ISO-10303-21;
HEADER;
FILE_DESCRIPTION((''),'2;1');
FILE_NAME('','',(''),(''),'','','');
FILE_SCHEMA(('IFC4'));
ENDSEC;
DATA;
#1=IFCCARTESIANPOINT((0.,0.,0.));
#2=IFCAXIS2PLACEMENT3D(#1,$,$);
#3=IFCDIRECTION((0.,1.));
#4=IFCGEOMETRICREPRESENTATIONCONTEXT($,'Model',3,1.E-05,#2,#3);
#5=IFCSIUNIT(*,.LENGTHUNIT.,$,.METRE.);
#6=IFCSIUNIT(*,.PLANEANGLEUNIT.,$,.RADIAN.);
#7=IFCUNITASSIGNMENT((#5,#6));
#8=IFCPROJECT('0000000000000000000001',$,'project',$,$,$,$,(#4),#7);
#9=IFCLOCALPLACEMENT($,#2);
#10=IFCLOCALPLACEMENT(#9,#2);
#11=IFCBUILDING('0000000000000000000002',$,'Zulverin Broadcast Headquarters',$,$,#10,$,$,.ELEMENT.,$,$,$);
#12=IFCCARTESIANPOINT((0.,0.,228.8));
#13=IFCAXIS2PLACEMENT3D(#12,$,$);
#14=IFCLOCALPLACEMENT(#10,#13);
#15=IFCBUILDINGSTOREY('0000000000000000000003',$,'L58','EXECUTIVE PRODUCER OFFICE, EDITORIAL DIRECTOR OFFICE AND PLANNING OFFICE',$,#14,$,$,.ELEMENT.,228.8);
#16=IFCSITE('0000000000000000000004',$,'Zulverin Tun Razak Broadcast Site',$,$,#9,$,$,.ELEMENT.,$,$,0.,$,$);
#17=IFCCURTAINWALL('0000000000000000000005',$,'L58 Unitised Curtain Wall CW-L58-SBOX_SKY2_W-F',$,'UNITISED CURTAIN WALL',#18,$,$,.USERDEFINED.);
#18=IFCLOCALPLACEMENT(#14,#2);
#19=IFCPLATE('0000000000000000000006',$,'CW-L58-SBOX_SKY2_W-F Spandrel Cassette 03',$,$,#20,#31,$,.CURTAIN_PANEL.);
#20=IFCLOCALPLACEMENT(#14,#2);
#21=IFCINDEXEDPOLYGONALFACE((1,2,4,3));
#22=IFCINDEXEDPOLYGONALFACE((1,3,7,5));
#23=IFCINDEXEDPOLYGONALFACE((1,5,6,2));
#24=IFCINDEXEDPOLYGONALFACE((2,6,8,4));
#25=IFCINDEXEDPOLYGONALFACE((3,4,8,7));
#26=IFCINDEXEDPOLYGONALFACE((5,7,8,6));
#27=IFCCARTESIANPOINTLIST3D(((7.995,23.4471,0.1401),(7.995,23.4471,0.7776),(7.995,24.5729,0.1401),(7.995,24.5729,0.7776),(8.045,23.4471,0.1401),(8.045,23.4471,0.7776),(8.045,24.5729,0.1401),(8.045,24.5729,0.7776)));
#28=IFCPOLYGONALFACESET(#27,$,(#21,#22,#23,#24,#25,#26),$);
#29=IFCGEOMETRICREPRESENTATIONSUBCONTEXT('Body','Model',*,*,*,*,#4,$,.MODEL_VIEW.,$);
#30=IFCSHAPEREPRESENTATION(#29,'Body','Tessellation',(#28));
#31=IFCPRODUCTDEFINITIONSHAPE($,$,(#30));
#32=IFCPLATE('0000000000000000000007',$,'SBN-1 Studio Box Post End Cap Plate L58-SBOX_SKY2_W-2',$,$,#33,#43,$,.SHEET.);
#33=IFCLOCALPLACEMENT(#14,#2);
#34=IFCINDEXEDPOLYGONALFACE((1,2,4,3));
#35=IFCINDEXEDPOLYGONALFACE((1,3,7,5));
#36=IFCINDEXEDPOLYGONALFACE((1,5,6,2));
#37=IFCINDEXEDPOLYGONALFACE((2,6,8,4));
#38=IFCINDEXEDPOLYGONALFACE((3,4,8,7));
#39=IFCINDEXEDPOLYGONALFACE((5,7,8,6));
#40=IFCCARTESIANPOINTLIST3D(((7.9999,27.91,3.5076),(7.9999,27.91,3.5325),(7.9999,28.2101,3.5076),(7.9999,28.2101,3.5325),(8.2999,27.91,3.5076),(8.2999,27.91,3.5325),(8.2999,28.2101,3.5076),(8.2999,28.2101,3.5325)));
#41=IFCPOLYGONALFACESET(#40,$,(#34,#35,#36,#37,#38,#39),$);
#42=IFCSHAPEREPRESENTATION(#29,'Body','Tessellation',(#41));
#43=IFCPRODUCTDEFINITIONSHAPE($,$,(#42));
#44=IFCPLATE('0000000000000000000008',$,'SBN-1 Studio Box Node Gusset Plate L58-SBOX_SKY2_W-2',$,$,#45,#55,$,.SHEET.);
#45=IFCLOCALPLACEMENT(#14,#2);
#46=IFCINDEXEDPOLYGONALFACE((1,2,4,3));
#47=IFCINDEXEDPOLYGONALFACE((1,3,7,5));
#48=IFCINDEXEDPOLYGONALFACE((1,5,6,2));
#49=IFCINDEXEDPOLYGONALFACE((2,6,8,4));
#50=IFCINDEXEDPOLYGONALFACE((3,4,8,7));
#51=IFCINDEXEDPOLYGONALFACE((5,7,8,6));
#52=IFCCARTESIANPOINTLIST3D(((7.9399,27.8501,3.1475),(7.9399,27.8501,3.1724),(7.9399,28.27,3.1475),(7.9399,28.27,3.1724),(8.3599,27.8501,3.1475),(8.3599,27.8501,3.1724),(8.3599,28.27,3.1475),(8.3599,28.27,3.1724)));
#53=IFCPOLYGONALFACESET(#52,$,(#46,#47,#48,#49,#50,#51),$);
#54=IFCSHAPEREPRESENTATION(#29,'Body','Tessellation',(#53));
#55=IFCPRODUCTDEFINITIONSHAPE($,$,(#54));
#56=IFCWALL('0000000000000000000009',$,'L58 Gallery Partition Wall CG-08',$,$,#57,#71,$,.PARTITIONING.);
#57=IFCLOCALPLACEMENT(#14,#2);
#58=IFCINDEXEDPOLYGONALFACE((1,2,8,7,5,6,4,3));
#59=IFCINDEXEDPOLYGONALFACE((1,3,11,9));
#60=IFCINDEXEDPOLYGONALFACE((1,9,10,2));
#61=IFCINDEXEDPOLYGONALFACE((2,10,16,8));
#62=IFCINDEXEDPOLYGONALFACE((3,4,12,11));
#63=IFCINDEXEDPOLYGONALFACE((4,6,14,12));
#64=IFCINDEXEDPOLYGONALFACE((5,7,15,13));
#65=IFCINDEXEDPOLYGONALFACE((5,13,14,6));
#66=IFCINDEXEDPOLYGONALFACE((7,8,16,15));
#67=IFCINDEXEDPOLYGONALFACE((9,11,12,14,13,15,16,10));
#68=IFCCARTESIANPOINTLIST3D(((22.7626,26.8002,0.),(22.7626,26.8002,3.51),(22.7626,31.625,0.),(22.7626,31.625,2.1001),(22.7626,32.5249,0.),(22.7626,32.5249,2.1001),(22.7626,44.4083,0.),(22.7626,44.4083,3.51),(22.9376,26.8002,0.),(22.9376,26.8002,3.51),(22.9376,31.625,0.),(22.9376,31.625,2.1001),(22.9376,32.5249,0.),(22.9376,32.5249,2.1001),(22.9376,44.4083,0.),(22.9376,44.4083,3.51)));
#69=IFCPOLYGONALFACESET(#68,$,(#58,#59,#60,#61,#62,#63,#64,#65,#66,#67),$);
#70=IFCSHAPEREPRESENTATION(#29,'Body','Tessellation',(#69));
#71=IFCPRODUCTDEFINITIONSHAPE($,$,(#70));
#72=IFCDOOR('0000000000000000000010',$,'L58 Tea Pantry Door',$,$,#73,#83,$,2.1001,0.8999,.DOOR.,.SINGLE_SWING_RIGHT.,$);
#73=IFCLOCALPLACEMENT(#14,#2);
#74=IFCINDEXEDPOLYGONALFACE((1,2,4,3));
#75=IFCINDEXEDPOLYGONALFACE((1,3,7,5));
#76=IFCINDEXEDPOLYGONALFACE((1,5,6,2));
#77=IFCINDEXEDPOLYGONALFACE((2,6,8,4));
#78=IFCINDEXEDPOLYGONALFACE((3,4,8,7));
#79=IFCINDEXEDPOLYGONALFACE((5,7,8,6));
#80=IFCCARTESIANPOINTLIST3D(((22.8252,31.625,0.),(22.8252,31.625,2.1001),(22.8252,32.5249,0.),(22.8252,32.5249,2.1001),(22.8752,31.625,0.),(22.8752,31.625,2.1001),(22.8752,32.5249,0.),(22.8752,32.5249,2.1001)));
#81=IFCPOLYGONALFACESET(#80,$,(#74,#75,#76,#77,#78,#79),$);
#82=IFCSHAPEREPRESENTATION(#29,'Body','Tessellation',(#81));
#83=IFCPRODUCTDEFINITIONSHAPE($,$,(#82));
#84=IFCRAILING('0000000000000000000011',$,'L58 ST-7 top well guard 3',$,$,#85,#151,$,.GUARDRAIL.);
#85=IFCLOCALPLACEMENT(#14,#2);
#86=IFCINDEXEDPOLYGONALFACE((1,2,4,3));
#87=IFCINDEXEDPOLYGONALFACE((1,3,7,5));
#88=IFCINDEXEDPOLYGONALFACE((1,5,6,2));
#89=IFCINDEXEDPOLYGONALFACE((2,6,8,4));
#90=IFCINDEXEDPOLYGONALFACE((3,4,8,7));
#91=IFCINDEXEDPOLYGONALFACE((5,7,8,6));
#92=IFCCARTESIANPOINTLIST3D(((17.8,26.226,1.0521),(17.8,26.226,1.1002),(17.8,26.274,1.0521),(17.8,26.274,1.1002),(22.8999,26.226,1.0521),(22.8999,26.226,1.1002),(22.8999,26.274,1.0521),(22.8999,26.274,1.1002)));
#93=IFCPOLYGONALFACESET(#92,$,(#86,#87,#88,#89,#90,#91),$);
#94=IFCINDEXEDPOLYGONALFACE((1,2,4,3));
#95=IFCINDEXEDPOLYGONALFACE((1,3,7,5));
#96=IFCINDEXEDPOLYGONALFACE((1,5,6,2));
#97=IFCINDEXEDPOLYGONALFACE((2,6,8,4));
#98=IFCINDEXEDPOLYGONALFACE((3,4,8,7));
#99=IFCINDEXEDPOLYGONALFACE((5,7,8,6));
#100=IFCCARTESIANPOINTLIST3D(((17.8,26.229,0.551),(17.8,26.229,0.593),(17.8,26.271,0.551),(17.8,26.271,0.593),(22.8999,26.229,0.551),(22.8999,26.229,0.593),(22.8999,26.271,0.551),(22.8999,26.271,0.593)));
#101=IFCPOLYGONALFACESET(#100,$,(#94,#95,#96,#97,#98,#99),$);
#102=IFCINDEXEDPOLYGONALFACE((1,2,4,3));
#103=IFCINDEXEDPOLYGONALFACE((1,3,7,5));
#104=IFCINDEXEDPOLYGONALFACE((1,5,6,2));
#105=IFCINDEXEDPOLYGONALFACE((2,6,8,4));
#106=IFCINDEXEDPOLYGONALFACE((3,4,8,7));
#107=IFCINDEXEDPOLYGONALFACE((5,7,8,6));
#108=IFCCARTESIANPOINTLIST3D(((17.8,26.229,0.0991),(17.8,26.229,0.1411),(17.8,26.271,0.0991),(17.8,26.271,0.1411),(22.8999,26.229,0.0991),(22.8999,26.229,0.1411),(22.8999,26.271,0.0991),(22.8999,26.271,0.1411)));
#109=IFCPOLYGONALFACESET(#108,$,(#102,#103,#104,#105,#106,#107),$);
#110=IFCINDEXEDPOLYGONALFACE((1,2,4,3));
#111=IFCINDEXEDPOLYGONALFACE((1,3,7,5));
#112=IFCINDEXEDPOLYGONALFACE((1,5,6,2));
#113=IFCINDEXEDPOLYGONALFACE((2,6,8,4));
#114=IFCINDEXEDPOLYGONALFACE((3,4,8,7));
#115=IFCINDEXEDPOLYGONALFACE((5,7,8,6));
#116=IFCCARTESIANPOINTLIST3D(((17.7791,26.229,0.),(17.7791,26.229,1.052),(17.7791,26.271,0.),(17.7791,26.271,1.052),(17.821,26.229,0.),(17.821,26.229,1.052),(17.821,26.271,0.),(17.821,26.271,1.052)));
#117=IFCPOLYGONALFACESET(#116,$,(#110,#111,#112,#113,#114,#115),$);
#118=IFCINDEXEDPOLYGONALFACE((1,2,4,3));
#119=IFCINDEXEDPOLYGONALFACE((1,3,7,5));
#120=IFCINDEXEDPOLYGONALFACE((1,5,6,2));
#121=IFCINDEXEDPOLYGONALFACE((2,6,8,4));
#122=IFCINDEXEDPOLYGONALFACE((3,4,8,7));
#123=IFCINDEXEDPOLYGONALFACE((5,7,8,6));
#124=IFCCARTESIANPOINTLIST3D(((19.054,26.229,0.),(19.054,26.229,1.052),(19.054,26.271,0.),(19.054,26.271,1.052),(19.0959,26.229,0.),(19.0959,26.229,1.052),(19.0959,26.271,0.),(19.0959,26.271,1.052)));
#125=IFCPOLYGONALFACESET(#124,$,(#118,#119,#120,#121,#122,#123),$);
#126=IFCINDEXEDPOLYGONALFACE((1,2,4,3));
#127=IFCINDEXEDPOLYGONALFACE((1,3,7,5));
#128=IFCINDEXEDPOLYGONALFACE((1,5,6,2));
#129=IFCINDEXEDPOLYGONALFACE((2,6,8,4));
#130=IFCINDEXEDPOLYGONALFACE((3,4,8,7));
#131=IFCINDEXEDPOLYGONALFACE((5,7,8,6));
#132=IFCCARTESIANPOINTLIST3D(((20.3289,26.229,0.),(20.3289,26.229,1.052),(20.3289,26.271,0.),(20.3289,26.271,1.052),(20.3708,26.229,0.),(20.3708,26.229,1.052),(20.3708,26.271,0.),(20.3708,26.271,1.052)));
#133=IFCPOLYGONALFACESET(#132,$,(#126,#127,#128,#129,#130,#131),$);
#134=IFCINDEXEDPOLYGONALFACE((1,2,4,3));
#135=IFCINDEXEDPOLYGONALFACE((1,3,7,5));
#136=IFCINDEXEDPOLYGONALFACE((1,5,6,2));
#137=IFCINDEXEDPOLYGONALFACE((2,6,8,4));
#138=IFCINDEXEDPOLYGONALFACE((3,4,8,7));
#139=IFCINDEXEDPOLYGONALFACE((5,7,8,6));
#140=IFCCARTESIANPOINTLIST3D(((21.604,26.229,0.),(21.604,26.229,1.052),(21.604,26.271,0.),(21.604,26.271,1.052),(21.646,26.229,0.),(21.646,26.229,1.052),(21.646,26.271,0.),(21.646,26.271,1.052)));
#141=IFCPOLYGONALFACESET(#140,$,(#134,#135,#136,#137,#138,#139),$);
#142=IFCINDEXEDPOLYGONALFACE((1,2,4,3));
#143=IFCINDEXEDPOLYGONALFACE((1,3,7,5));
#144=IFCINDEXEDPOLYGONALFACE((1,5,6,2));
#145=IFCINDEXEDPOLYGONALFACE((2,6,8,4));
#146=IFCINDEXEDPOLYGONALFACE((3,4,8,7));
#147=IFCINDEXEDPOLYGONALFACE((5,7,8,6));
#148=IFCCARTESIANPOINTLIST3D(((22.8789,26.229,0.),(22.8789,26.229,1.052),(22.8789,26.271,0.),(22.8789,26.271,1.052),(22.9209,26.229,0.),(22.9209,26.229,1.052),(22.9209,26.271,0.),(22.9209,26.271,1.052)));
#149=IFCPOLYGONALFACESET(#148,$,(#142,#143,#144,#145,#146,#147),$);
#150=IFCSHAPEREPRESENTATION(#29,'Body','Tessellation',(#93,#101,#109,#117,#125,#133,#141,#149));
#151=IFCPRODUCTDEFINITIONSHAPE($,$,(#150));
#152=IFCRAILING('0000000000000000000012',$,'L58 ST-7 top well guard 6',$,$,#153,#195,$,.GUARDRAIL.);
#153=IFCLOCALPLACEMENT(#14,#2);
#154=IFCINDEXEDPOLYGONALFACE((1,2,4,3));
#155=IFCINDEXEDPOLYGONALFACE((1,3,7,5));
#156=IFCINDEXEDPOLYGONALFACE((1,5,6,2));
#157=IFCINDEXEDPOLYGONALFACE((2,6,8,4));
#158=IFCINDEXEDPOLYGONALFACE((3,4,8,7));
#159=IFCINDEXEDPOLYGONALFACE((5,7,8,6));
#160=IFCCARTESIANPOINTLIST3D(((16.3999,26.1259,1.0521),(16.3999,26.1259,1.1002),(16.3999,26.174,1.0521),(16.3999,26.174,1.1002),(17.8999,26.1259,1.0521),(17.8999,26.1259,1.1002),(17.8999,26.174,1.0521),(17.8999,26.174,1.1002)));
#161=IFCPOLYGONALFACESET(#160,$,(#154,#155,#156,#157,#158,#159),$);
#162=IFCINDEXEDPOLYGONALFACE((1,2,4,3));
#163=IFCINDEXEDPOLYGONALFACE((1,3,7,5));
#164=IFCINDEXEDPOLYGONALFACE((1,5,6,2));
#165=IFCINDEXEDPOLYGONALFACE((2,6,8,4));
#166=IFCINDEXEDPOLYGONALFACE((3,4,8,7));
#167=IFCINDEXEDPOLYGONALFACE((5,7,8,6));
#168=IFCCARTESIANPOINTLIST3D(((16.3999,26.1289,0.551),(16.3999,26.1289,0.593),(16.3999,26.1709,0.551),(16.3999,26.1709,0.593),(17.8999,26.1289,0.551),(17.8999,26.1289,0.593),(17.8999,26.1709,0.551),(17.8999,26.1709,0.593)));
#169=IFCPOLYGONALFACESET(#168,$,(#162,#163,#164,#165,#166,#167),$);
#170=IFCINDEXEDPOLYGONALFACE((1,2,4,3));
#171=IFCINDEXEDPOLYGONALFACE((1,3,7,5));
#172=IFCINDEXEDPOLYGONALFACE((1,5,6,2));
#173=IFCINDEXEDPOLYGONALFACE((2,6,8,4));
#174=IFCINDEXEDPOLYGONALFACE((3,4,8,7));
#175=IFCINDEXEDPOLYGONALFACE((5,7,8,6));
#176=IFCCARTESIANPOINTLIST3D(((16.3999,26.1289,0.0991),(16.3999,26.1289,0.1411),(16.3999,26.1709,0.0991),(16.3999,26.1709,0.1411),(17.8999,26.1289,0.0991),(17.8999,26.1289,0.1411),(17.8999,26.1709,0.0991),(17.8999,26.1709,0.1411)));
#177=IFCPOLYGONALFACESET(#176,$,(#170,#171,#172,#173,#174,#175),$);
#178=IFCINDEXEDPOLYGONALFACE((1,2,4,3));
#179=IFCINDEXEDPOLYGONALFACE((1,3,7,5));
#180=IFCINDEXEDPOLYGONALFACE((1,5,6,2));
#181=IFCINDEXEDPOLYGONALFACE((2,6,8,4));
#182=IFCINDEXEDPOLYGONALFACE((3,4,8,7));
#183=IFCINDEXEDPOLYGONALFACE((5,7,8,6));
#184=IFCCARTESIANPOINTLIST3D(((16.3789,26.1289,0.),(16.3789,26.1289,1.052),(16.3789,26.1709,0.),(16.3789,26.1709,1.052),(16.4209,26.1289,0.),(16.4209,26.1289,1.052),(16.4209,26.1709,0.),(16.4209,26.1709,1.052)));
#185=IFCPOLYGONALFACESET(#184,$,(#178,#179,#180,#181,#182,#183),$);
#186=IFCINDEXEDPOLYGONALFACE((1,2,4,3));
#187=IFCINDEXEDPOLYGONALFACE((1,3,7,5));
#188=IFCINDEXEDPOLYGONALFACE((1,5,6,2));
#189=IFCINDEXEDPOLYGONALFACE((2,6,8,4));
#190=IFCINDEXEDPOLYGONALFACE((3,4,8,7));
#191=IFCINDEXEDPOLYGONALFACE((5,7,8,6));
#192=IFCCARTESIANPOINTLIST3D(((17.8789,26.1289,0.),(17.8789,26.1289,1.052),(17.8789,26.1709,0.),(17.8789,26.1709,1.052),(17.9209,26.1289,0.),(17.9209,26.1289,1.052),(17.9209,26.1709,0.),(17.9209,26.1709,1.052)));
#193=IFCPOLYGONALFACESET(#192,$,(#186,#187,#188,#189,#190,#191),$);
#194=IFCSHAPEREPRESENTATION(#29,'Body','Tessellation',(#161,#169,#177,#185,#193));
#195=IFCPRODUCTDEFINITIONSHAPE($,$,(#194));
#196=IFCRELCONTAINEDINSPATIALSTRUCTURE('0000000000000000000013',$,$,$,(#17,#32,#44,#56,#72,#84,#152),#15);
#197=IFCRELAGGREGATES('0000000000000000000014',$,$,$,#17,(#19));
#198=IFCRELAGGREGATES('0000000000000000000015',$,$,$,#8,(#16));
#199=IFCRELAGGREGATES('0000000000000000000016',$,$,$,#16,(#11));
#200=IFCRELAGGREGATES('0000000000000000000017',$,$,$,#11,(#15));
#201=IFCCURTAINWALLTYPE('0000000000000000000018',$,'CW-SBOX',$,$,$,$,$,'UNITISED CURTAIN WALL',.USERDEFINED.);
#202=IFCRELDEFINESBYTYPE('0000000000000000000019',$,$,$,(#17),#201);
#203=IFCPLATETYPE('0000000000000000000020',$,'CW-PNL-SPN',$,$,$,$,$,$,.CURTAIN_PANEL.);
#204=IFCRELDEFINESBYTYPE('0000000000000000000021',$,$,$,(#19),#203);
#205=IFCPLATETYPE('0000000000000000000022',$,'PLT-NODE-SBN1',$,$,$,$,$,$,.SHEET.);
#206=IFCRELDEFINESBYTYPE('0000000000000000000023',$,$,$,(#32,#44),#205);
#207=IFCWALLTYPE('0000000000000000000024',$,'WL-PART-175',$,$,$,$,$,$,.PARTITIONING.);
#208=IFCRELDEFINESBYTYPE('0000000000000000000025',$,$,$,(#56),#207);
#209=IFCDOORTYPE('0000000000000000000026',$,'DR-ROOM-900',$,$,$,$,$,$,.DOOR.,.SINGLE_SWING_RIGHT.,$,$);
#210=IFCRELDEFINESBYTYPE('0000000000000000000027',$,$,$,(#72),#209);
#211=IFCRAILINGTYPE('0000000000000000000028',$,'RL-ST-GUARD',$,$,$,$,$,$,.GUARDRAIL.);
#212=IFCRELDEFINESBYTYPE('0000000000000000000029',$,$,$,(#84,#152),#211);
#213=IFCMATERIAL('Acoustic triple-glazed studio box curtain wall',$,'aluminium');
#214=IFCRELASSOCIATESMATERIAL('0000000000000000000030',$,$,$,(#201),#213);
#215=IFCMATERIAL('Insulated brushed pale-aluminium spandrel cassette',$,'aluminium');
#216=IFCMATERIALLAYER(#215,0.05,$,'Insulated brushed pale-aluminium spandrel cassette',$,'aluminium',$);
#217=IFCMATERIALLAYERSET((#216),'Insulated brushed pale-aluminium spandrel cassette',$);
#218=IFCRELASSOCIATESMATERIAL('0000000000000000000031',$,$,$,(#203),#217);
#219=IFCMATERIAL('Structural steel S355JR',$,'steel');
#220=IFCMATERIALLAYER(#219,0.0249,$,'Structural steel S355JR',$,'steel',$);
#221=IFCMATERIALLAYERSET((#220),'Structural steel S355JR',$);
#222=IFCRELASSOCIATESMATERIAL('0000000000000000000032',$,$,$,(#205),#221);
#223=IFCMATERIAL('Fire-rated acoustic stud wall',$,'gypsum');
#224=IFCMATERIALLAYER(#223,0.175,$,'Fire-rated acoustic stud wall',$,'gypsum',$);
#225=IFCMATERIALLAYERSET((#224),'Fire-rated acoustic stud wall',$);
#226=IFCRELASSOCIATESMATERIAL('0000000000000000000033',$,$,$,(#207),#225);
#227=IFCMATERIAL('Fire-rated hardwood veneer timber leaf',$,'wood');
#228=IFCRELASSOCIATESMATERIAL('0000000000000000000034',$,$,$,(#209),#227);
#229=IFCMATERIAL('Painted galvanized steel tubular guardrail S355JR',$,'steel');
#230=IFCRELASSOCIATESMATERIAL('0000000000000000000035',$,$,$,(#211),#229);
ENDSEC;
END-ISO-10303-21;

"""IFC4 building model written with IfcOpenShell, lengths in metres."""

from ifc_helpers import new_model, si_unit, direction, frame, frame_2d, origin, origin_2d, place, context, subcontext, project, spatial, rectangle, extrude, material, layer, layer_set, type_object, element, fill, aggregate, save


model = new_model("IFC4")

# Units and contexts
model_context = context("Model", 3, precision=1e-05, world=origin(), true_north=direction((0.0, 1.0)))
body_context = subcontext(model_context, "Body", "Model", "MODEL_VIEW")
ifc_project = project(units=[si_unit("LENGTHUNIT", "METRE"), si_unit("PLANEANGLEUNIT", "RADIAN")], contexts=[model_context])

# Site, building, storey
site_placement = place(None, origin())
site = spatial("IfcSite", under=ifc_project, at=site_placement, Name="Zulverin Tun Razak Broadcast Site", CompositionType="ELEMENT", RefElevation=0.0)
building_placement = place(site_placement, origin())
building = spatial("IfcBuilding", under=site, at=building_placement, Name="Zulverin Broadcast Headquarters", CompositionType="ELEMENT")
storey_placement = place(building_placement, frame((0.0, 0.0, 228.8)))
storey = spatial("IfcBuildingStorey", under=building, at=storey_placement, Name="L58", Description="EXECUTIVE PRODUCER OFFICE, EDITORIAL DIRECTOR OFFICE AND PLANNING OFFICE", CompositionType="ELEMENT", Elevation=228.8)

# Curtain wall
ifc_material_1 = material(Name="Acoustic triple-glazed studio box curtain wall", Category="aluminium")
curtain_wall_type = type_object("IfcCurtainWallType", Name="CW-SBOX", ElementType="UNITISED CURTAIN WALL", PredefinedType="USERDEFINED", material=ifc_material_1)
curtain_wall_placement = place(storey_placement, origin())
curtain_wall = element("IfcCurtainWall", 1, at=curtain_wall_placement, inside=storey, type_object=curtain_wall_type, Name="L58 Unitised Curtain Wall CW-L58-SBOX_SKY2_W-F", ObjectType="UNITISED CURTAIN WALL", PredefinedType="USERDEFINED")

# Shared definitions
ifc_material_2 = material(Name="Structural steel S355JR", Category="steel")

# Plate
ifc_material_3 = material(Name="Insulated brushed pale-aluminium spandrel cassette", Category="aluminium")
ifc_layer_1 = layer(ifc_material_3, 0.05, Name="Insulated brushed pale-aluminium spandrel cassette", Category="aluminium")
ifc_layer_set_1 = layer_set([ifc_layer_1], Name="Insulated brushed pale-aluminium spandrel cassette")
plate_type_1 = type_object("IfcPlateType", Name="CW-PNL-SPN", PredefinedType="CURTAIN_PANEL", material=ifc_layer_set_1)
plate_1_placement = place(storey_placement, frame((8.02, 24.01, 0.1401), z_axis=(0.0, 0.0, 1.0), x_axis=(0.0, -1.0, 0.0)))
plate_1 = element("IfcPlate", 2, at=plate_1_placement, type_object=plate_type_1, Name="CW-L58-SBOX_SKY2_W-F Spandrel Cassette 03", PredefinedType="CURTAIN_PANEL", context=body_context, shape_type="SweptSolid", body=[
    extrude(rectangle(XDim=1.1257, YDim=0.05, at=origin_2d()), origin(), (0.0, 0.0, 1.0), 0.6375),
])
aggregate(curtain_wall, [plate_1])

# Plates
ifc_layer_2 = layer(ifc_material_2, 0.0249, Name="Structural steel S355JR", Category="steel")
ifc_layer_set_2 = layer_set([ifc_layer_2], Name="Structural steel S355JR")
plate_type_2 = type_object("IfcPlateType", Name="PLT-NODE-SBN1", PredefinedType="SHEET", material=ifc_layer_set_2)
plate_2_placement = place(storey_placement, frame((8.1499, 28.0601, 3.5076), z_axis=(0.0, 0.0, 1.0), x_axis=(1.0, 0.0, 0.0)))
element("IfcPlate", 3, at=plate_2_placement, inside=storey, type_object=plate_type_2, Name="SBN-1 Studio Box Post End Cap Plate L58-SBOX_SKY2_W-2", PredefinedType="SHEET", context=body_context, shape_type="SweptSolid", body=[
    extrude(rectangle(XDim=0.3, YDim=0.3, at=origin_2d()), origin(), (0.0, 0.0, 1.0), 0.0249),
])
plate_3_placement = place(storey_placement, frame((8.1499, 28.0601, 3.1475), z_axis=(0.0, 0.0, 1.0), x_axis=(1.0, 0.0, 0.0)))
element("IfcPlate", 4, at=plate_3_placement, inside=storey, type_object=plate_type_2, Name="SBN-1 Studio Box Node Gusset Plate L58-SBOX_SKY2_W-2", PredefinedType="SHEET", context=body_context, shape_type="SweptSolid", body=[
    extrude(rectangle(XDim=0.4199, YDim=0.4199, at=origin_2d()), origin(), (0.0, 0.0, 1.0), 0.0249),
])

# Wall, opening, door
ifc_material_4 = material(Name="Fire-rated acoustic stud wall", Category="gypsum")
ifc_layer_3 = layer(ifc_material_4, 0.175, Name="Fire-rated acoustic stud wall", Category="gypsum")
ifc_layer_set_3 = layer_set([ifc_layer_3], Name="Fire-rated acoustic stud wall")
wall_type = type_object("IfcWallType", Name="WL-PART-175", PredefinedType="PARTITIONING", material=ifc_layer_set_3)
wall_placement = place(storey_placement, frame((22.8501, 26.8, 0.0), z_axis=(0.0, 0.0, 1.0), x_axis=(0.0, 1.0, 0.0)))
wall = element("IfcWall", 5, at=wall_placement, inside=storey, type_object=wall_type, Name="L58 Gallery Partition Wall CG-08", PredefinedType="PARTITIONING", context=body_context, shape_type="SweptSolid", body=[
    extrude(rectangle(XDim=17.6082, YDim=0.175, at=frame_2d((8.8042, 0.0))), origin(), (0.0, 0.0, 1.0), 3.51),
])
opening_placement = place(wall_placement, frame((4.825, 0.0, 0.0)))
opening = element("IfcOpeningElement", 6, at=opening_placement, cuts=wall, PredefinedType="OPENING", context=body_context, shape_type="SweptSolid", body=[
    extrude(rectangle(XDim=0.8999, YDim=2.1001, at=frame_2d((0.45, 1.05))), frame((0.0, 0.0974, 0.0), z_axis=(0.0, -1.0, 0.0), x_axis=(1.0, 0.0, 0.0)), (0.0, 0.0, 1.0), 0.1951),
])
ifc_material_5 = material(Name="Fire-rated hardwood veneer timber leaf", Category="wood")
door_type = type_object("IfcDoorType", Name="DR-ROOM-900", OperationType="SINGLE_SWING_RIGHT", PredefinedType="DOOR", material=ifc_material_5)
door_placement = place(opening_placement, origin())
door = element("IfcDoor", 7, at=door_placement, inside=storey, type_object=door_type, Name="L58 Tea Pantry Door", OperationType="SINGLE_SWING_RIGHT", OverallHeight=2.1001, OverallWidth=0.8999, PredefinedType="DOOR", context=body_context, shape_type="SweptSolid", body=[
    extrude(rectangle(XDim=0.8999, YDim=2.1001, at=frame_2d((0.45, 1.05))), frame((0.0, 0.0249, 0.0), z_axis=(0.0, -1.0, 0.0), x_axis=(1.0, 0.0, 0.0)), (0.0, 0.0, 1.0), 0.05),
])
fill(opening, door)

# Railings
ifc_material_6 = material(Name="Painted galvanized steel tubular guardrail S355JR", Category="steel")
railing_type = type_object("IfcRailingType", Name="RL-ST-GUARD", PredefinedType="GUARDRAIL", material=ifc_material_6)
railing_1_placement = place(storey_placement, frame((17.8, 26.25, 0.0)))
element("IfcRailing", 8, at=railing_1_placement, inside=storey, type_object=railing_type, Name="L58 ST-7 top well guard 3", PredefinedType="GUARDRAIL", context=body_context, shape_type="SweptSolid", body=[
    extrude(rectangle(XDim=0.0481, YDim=0.0481, at=origin_2d()), frame((0.0, 0.0, 1.0762), z_axis=(1.0, 0.0, 0.0), x_axis=(0.0, 1.0, 0.0)), (0.0, 0.0, 1.0), 5.0999),
    extrude(rectangle(XDim=0.042, YDim=0.042, at=origin_2d()), frame((0.0, 0.0, 0.572), z_axis=(1.0, 0.0, 0.0), x_axis=(0.0, 1.0, 0.0)), (0.0, 0.0, 1.0), 5.0999),
    extrude(rectangle(XDim=0.042, YDim=0.042, at=origin_2d()), frame((0.0, 0.0, 0.1201), z_axis=(1.0, 0.0, 0.0), x_axis=(0.0, 1.0, 0.0)), (0.0, 0.0, 1.0), 5.0999),
    extrude(rectangle(XDim=0.042, YDim=0.042, at=origin_2d()), origin(), (0.0, 0.0, 1.0), 1.052),
    extrude(rectangle(XDim=0.042, YDim=0.042, at=origin_2d()), frame((1.2749, 0.0, 0.0)), (0.0, 0.0, 1.0), 1.052),
    extrude(rectangle(XDim=0.042, YDim=0.042, at=origin_2d()), frame((2.5498, 0.0, 0.0)), (0.0, 0.0, 1.0), 1.052),
    extrude(rectangle(XDim=0.042, YDim=0.042, at=origin_2d()), frame((3.825, 0.0, 0.0)), (0.0, 0.0, 1.0), 1.052),
    extrude(rectangle(XDim=0.042, YDim=0.042, at=origin_2d()), frame((5.0999, 0.0, 0.0)), (0.0, 0.0, 1.0), 1.052),
])
railing_2_placement = place(storey_placement, frame((16.3999, 26.1499, 0.0)))
element("IfcRailing", 9, at=railing_2_placement, inside=storey, type_object=railing_type, Name="L58 ST-7 top well guard 6", PredefinedType="GUARDRAIL", context=body_context, shape_type="SweptSolid", body=[
    extrude(rectangle(XDim=0.0481, YDim=0.0481, at=origin_2d()), frame((0.0, 0.0, 1.0762), z_axis=(1.0, 0.0, 0.0), x_axis=(0.0, 1.0, 0.0)), (0.0, 0.0, 1.0), 1.5),
    extrude(rectangle(XDim=0.042, YDim=0.042, at=origin_2d()), frame((0.0, 0.0, 0.572), z_axis=(1.0, 0.0, 0.0), x_axis=(0.0, 1.0, 0.0)), (0.0, 0.0, 1.0), 1.5),
    extrude(rectangle(XDim=0.042, YDim=0.042, at=origin_2d()), frame((0.0, 0.0, 0.1201), z_axis=(1.0, 0.0, 0.0), x_axis=(0.0, 1.0, 0.0)), (0.0, 0.0, 1.0), 1.5),
    extrude(rectangle(XDim=0.042, YDim=0.042, at=origin_2d()), origin(), (0.0, 0.0, 1.0), 1.052),
    extrude(rectangle(XDim=0.042, YDim=0.042, at=origin_2d()), frame((1.5, 0.0, 0.0)), (0.0, 0.0, 1.0), 1.052),
])

save(model, "model.ifc")
